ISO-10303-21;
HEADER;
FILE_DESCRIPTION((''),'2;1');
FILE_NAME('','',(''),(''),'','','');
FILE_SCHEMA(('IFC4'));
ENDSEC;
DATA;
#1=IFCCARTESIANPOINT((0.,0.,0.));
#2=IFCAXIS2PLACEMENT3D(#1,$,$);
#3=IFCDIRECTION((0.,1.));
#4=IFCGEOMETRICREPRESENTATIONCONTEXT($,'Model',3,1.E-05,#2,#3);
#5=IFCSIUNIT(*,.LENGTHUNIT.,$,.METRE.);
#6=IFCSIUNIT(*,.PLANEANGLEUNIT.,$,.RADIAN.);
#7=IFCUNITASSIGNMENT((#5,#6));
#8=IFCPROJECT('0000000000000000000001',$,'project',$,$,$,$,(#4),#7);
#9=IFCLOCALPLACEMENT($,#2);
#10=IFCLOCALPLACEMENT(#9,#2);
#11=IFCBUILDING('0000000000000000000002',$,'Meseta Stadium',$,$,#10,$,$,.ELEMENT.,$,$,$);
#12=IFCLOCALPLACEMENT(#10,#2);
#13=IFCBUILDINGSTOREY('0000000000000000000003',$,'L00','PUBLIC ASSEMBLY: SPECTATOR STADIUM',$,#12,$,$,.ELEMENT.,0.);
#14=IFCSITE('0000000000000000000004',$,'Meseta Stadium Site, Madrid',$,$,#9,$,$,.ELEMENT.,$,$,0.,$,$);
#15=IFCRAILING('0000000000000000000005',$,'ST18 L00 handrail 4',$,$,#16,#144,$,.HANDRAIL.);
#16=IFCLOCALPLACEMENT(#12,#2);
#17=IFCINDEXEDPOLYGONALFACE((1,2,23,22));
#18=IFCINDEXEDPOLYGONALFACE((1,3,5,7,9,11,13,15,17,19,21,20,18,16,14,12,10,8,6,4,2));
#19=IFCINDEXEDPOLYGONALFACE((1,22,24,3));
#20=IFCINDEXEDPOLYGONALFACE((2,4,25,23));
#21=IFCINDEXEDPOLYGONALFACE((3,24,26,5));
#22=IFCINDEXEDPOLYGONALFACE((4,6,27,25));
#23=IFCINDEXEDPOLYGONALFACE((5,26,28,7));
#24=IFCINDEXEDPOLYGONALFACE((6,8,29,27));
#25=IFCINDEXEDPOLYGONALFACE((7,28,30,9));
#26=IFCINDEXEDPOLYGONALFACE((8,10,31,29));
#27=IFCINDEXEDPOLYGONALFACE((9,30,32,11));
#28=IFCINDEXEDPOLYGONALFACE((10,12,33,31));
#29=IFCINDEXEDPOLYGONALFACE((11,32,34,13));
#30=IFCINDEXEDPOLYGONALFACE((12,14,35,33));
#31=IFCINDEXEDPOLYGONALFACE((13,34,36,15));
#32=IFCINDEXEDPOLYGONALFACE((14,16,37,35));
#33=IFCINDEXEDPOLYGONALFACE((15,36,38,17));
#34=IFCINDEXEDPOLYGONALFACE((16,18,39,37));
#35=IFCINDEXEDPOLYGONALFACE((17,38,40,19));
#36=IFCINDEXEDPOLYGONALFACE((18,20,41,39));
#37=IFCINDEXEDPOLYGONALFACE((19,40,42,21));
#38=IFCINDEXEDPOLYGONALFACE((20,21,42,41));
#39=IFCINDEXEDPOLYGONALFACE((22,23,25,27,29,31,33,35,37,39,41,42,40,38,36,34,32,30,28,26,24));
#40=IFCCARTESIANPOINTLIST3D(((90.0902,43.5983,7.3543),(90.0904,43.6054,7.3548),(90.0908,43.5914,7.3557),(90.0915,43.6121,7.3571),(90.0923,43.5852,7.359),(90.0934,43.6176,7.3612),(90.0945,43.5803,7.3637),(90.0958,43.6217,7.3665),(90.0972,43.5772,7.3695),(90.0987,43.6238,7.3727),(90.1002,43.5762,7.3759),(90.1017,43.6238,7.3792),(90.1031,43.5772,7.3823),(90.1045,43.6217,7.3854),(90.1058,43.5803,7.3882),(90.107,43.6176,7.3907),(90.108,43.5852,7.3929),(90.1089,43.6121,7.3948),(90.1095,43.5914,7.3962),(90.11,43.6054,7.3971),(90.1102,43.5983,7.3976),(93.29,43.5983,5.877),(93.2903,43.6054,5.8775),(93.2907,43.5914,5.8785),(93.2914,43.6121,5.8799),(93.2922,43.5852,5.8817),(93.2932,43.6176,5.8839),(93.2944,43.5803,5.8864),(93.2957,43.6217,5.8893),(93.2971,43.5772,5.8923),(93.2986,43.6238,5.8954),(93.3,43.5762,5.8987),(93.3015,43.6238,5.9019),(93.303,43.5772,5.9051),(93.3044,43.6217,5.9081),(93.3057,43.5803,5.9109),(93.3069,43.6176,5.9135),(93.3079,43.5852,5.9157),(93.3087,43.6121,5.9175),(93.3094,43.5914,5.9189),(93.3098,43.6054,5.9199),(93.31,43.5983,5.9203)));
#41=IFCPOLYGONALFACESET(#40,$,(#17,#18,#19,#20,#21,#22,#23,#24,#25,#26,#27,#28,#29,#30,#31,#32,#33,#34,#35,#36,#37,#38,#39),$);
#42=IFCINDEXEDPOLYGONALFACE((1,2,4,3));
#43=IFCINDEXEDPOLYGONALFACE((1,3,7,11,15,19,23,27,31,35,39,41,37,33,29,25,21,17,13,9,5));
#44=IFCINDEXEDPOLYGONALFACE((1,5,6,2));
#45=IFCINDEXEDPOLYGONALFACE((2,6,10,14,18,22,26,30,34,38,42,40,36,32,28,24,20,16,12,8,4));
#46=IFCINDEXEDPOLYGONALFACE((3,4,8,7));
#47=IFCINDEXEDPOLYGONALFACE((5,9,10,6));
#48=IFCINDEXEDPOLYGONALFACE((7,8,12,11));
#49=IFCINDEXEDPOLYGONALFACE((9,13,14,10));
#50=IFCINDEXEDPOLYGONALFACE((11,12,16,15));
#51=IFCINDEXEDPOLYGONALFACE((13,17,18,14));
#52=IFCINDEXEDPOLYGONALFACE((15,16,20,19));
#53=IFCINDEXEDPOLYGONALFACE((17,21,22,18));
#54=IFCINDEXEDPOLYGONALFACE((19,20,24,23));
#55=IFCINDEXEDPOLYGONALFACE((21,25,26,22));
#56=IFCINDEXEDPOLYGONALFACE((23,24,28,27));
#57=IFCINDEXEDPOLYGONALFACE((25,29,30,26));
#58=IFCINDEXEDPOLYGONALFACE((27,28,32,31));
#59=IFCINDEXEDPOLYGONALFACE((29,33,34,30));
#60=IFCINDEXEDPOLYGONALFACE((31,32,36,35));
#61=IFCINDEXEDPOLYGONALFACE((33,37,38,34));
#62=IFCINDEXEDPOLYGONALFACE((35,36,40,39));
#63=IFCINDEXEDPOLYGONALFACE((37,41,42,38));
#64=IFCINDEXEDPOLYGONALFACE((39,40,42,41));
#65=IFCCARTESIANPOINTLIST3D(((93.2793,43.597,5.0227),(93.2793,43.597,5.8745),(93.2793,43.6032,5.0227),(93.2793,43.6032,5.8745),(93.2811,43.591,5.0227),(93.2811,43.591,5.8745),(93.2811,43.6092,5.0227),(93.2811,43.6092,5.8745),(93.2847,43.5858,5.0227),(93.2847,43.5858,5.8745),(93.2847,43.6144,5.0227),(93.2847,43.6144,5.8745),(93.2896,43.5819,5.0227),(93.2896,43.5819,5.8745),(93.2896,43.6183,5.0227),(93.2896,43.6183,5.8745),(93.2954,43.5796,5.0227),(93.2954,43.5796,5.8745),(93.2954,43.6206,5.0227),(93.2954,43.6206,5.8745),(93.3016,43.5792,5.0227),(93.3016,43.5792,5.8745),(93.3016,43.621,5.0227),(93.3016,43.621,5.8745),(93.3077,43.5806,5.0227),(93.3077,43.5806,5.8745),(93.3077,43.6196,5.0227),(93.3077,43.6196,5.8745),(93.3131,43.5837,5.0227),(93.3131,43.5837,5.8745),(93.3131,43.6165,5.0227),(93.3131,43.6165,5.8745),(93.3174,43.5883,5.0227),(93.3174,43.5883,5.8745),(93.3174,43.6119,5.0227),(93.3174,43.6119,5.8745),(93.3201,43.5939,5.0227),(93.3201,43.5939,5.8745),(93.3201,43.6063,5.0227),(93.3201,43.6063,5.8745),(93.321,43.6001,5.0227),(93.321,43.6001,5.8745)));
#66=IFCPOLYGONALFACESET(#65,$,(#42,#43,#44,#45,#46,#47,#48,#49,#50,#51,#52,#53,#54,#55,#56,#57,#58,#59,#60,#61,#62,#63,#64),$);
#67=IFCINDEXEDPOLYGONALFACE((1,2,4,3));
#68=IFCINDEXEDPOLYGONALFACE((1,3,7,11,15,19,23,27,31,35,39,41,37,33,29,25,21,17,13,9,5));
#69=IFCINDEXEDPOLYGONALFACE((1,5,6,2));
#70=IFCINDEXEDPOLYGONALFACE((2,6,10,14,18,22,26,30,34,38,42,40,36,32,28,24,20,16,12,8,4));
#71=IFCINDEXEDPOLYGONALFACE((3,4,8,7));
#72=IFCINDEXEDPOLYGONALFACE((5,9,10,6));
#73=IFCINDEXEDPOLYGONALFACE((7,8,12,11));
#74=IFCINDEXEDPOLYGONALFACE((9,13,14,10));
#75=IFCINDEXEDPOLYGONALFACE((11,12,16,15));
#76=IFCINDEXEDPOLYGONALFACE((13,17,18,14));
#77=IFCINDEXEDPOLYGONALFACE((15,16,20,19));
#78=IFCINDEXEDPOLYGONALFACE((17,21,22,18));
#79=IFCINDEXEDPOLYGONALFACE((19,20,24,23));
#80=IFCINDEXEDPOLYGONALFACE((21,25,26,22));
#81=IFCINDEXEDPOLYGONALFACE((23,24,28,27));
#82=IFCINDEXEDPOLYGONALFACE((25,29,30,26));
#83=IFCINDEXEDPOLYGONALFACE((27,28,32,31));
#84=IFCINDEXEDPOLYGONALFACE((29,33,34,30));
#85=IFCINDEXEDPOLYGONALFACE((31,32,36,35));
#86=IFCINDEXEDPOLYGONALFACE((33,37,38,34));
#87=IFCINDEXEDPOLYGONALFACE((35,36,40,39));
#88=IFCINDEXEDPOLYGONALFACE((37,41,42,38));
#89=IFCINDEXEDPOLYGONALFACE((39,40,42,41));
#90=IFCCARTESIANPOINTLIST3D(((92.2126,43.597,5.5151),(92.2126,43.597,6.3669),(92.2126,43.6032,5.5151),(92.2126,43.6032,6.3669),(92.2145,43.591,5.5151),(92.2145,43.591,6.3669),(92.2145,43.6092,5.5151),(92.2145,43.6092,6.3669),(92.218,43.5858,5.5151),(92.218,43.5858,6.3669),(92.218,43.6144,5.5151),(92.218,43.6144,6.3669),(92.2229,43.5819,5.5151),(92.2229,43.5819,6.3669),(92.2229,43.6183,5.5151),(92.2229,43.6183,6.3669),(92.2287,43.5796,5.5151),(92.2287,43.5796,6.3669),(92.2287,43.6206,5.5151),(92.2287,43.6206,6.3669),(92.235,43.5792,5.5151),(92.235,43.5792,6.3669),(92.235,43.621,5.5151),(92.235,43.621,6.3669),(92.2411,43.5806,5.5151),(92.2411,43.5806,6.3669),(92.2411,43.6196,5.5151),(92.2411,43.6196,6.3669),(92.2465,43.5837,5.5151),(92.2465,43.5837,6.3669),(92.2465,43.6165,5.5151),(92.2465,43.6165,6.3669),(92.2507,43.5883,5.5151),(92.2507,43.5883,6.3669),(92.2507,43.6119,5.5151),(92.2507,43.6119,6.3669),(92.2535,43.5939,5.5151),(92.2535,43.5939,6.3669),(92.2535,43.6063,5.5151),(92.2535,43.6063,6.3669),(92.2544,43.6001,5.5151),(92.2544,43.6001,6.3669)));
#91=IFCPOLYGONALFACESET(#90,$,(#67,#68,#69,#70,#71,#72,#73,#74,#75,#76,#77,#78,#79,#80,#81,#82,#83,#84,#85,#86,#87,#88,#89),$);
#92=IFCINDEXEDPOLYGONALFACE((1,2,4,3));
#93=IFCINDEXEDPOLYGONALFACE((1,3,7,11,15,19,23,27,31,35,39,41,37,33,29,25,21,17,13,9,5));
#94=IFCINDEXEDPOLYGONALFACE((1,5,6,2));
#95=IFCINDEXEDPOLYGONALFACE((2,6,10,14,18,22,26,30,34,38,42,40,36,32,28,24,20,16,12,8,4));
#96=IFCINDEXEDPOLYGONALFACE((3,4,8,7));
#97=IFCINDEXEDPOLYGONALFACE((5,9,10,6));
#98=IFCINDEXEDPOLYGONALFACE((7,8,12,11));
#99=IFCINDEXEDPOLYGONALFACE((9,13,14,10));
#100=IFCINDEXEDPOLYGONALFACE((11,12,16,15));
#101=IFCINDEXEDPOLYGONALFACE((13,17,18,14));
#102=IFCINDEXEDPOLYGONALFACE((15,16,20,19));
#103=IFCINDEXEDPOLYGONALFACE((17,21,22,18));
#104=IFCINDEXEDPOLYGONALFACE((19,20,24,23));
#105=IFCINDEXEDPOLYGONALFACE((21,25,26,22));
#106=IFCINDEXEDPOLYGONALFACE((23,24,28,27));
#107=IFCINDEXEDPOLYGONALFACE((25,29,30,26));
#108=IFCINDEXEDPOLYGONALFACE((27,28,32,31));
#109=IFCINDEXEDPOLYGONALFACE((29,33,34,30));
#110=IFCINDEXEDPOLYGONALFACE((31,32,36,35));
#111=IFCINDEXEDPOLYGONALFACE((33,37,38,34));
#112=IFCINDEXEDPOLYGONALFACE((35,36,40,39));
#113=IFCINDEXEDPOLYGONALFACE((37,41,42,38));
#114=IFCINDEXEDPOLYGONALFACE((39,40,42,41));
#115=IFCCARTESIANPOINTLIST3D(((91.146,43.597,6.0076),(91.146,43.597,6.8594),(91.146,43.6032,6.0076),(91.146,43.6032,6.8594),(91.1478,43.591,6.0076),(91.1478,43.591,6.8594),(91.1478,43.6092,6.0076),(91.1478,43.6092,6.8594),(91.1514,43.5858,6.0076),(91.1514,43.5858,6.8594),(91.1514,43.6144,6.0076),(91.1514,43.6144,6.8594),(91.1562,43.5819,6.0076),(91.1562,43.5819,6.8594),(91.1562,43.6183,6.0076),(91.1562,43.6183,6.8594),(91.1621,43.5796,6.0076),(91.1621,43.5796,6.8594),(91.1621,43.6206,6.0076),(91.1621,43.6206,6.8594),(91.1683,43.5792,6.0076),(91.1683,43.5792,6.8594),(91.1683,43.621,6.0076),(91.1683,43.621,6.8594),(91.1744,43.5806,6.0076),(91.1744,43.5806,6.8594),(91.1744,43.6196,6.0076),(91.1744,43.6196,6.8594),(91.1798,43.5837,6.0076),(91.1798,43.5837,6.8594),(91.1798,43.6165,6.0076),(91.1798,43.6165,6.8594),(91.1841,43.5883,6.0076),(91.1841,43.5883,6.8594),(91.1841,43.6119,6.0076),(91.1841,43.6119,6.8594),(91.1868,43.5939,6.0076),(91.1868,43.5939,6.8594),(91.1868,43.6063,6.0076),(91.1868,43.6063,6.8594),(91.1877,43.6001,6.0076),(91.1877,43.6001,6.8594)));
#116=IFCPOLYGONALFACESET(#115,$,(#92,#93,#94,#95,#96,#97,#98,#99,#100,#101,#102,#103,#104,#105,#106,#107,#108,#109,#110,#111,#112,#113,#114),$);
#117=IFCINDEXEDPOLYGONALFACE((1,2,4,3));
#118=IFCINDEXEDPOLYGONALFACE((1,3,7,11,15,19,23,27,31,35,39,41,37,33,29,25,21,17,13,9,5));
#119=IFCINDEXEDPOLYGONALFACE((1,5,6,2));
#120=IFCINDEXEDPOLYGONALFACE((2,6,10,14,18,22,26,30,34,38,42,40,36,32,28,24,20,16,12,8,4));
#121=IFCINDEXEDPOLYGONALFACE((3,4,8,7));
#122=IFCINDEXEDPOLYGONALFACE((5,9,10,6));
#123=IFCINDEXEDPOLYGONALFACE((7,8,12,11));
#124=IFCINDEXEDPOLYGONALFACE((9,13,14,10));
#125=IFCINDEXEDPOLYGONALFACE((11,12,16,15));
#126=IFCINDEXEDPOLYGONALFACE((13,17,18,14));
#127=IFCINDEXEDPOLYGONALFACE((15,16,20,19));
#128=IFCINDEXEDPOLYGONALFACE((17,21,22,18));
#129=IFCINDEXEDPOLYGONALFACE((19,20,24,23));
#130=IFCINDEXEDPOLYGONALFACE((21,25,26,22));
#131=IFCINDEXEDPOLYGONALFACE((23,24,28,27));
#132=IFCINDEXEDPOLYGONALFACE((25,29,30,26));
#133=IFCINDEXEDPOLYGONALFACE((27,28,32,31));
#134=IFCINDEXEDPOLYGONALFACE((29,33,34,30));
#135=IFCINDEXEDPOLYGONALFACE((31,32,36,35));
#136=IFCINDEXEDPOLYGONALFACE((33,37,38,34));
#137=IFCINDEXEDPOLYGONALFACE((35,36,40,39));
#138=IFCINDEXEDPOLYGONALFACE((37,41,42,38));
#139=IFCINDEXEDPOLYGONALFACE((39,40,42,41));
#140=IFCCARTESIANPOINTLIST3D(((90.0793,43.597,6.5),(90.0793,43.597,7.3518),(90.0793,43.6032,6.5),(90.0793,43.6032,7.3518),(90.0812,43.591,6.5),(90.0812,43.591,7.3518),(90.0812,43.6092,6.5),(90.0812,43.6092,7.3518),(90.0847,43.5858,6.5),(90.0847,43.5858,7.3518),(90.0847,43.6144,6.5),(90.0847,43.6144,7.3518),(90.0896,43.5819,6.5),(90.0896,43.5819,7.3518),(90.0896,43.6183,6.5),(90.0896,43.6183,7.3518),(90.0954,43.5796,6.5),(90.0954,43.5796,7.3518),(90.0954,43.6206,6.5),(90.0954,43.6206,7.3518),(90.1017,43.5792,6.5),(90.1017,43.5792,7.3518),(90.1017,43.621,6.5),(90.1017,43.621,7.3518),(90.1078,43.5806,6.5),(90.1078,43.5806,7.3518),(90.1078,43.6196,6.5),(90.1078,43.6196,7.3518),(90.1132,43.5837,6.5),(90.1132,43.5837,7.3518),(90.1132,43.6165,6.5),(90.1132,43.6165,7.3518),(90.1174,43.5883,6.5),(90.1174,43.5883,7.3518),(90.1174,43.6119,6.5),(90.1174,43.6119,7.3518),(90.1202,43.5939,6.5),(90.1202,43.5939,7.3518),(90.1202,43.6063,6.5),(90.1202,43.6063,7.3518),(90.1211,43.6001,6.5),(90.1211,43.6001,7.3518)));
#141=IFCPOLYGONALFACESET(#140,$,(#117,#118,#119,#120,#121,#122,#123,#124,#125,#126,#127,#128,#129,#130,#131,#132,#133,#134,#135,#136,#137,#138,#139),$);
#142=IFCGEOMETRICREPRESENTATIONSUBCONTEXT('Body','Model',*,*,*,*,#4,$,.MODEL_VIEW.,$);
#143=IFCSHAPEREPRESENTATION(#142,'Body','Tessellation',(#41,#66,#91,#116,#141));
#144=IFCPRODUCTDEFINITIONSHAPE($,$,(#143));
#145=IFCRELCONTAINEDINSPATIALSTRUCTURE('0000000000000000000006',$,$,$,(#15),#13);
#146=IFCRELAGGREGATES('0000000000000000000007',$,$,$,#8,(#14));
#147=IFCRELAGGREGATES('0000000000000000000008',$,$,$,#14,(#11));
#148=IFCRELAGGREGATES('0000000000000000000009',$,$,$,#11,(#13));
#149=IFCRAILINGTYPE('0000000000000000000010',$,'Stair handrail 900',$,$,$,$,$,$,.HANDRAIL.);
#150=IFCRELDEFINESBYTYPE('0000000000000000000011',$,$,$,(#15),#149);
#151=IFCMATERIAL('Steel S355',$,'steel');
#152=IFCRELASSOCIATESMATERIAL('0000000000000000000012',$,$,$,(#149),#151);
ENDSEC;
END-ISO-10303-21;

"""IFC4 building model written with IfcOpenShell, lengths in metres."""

from ifc_helpers import new_model, si_unit, direction, frame, origin, origin_2d, place, context, subcontext, project, spatial, circle, extrude, material, type_object, element, save


model = new_model("IFC4")

# Units and contexts
model_context = context("Model", 3, precision=1e-05, world=origin(), true_north=direction((0.0, 1.0)))
body_context = subcontext(model_context, "Body", "Model", "MODEL_VIEW")
ifc_project = project(units=[si_unit("LENGTHUNIT", "METRE"), si_unit("PLANEANGLEUNIT", "RADIAN")], contexts=[model_context])

# Site, building, storey
site_placement = place(None, origin())
site = spatial("IfcSite", under=ifc_project, at=site_placement, Name="Meseta Stadium Site, Madrid", CompositionType="ELEMENT", RefElevation=0.0)
building_placement = place(site_placement, origin())
building = spatial("IfcBuilding", under=site, at=building_placement, Name="Meseta Stadium", CompositionType="ELEMENT")
storey_placement = place(building_placement, origin())
storey = spatial("IfcBuildingStorey", under=building, at=storey_placement, Name="L00", Description="PUBLIC ASSEMBLY: SPECTATOR STADIUM", CompositionType="ELEMENT", Elevation=0.0)

# Railing
ifc_material_1 = material(Name="Steel S355", Category="steel")
railing_type_1 = type_object("IfcRailingType", Name="Stair handrail 900", PredefinedType="HANDRAIL", material=ifc_material_1)
for number, where, name in (
    (1, (93.3, 43.6001, 5.0227), "ST18 L00 handrail 4"),
):
    element("IfcRailing", number, at=place(storey_placement, frame(where)), inside=storey, type_object=railing_type_1, Name=name, PredefinedType="HANDRAIL", context=body_context, shape_type="SweptSolid", body=[
        extrude(circle(Radius=0.0239, at=origin_2d()), frame((0.0, 0.0, 0.876), z_axis=(-0.907917, 0.0, 0.41915), x_axis=(0.0, -1.0, 0.0)), (0.0, 0.0, 1.0), 3.5244),
        extrude(circle(Radius=0.021, at=origin_2d()), origin(), (0.0, 0.0, 1.0), 0.8518),
        extrude(circle(Radius=0.021, at=origin_2d()), frame((-1.0667, 0.0, 0.4924)), (0.0, 0.0, 1.0), 0.8518),
        extrude(circle(Radius=0.021, at=origin_2d()), frame((-2.1333, 0.0, 0.9849)), (0.0, 0.0, 1.0), 0.8518),
        extrude(circle(Radius=0.021, at=origin_2d()), frame((-3.2, 0.0, 1.4773)), (0.0, 0.0, 1.0), 0.8518),
    ])

save(model, "model.ifc")
